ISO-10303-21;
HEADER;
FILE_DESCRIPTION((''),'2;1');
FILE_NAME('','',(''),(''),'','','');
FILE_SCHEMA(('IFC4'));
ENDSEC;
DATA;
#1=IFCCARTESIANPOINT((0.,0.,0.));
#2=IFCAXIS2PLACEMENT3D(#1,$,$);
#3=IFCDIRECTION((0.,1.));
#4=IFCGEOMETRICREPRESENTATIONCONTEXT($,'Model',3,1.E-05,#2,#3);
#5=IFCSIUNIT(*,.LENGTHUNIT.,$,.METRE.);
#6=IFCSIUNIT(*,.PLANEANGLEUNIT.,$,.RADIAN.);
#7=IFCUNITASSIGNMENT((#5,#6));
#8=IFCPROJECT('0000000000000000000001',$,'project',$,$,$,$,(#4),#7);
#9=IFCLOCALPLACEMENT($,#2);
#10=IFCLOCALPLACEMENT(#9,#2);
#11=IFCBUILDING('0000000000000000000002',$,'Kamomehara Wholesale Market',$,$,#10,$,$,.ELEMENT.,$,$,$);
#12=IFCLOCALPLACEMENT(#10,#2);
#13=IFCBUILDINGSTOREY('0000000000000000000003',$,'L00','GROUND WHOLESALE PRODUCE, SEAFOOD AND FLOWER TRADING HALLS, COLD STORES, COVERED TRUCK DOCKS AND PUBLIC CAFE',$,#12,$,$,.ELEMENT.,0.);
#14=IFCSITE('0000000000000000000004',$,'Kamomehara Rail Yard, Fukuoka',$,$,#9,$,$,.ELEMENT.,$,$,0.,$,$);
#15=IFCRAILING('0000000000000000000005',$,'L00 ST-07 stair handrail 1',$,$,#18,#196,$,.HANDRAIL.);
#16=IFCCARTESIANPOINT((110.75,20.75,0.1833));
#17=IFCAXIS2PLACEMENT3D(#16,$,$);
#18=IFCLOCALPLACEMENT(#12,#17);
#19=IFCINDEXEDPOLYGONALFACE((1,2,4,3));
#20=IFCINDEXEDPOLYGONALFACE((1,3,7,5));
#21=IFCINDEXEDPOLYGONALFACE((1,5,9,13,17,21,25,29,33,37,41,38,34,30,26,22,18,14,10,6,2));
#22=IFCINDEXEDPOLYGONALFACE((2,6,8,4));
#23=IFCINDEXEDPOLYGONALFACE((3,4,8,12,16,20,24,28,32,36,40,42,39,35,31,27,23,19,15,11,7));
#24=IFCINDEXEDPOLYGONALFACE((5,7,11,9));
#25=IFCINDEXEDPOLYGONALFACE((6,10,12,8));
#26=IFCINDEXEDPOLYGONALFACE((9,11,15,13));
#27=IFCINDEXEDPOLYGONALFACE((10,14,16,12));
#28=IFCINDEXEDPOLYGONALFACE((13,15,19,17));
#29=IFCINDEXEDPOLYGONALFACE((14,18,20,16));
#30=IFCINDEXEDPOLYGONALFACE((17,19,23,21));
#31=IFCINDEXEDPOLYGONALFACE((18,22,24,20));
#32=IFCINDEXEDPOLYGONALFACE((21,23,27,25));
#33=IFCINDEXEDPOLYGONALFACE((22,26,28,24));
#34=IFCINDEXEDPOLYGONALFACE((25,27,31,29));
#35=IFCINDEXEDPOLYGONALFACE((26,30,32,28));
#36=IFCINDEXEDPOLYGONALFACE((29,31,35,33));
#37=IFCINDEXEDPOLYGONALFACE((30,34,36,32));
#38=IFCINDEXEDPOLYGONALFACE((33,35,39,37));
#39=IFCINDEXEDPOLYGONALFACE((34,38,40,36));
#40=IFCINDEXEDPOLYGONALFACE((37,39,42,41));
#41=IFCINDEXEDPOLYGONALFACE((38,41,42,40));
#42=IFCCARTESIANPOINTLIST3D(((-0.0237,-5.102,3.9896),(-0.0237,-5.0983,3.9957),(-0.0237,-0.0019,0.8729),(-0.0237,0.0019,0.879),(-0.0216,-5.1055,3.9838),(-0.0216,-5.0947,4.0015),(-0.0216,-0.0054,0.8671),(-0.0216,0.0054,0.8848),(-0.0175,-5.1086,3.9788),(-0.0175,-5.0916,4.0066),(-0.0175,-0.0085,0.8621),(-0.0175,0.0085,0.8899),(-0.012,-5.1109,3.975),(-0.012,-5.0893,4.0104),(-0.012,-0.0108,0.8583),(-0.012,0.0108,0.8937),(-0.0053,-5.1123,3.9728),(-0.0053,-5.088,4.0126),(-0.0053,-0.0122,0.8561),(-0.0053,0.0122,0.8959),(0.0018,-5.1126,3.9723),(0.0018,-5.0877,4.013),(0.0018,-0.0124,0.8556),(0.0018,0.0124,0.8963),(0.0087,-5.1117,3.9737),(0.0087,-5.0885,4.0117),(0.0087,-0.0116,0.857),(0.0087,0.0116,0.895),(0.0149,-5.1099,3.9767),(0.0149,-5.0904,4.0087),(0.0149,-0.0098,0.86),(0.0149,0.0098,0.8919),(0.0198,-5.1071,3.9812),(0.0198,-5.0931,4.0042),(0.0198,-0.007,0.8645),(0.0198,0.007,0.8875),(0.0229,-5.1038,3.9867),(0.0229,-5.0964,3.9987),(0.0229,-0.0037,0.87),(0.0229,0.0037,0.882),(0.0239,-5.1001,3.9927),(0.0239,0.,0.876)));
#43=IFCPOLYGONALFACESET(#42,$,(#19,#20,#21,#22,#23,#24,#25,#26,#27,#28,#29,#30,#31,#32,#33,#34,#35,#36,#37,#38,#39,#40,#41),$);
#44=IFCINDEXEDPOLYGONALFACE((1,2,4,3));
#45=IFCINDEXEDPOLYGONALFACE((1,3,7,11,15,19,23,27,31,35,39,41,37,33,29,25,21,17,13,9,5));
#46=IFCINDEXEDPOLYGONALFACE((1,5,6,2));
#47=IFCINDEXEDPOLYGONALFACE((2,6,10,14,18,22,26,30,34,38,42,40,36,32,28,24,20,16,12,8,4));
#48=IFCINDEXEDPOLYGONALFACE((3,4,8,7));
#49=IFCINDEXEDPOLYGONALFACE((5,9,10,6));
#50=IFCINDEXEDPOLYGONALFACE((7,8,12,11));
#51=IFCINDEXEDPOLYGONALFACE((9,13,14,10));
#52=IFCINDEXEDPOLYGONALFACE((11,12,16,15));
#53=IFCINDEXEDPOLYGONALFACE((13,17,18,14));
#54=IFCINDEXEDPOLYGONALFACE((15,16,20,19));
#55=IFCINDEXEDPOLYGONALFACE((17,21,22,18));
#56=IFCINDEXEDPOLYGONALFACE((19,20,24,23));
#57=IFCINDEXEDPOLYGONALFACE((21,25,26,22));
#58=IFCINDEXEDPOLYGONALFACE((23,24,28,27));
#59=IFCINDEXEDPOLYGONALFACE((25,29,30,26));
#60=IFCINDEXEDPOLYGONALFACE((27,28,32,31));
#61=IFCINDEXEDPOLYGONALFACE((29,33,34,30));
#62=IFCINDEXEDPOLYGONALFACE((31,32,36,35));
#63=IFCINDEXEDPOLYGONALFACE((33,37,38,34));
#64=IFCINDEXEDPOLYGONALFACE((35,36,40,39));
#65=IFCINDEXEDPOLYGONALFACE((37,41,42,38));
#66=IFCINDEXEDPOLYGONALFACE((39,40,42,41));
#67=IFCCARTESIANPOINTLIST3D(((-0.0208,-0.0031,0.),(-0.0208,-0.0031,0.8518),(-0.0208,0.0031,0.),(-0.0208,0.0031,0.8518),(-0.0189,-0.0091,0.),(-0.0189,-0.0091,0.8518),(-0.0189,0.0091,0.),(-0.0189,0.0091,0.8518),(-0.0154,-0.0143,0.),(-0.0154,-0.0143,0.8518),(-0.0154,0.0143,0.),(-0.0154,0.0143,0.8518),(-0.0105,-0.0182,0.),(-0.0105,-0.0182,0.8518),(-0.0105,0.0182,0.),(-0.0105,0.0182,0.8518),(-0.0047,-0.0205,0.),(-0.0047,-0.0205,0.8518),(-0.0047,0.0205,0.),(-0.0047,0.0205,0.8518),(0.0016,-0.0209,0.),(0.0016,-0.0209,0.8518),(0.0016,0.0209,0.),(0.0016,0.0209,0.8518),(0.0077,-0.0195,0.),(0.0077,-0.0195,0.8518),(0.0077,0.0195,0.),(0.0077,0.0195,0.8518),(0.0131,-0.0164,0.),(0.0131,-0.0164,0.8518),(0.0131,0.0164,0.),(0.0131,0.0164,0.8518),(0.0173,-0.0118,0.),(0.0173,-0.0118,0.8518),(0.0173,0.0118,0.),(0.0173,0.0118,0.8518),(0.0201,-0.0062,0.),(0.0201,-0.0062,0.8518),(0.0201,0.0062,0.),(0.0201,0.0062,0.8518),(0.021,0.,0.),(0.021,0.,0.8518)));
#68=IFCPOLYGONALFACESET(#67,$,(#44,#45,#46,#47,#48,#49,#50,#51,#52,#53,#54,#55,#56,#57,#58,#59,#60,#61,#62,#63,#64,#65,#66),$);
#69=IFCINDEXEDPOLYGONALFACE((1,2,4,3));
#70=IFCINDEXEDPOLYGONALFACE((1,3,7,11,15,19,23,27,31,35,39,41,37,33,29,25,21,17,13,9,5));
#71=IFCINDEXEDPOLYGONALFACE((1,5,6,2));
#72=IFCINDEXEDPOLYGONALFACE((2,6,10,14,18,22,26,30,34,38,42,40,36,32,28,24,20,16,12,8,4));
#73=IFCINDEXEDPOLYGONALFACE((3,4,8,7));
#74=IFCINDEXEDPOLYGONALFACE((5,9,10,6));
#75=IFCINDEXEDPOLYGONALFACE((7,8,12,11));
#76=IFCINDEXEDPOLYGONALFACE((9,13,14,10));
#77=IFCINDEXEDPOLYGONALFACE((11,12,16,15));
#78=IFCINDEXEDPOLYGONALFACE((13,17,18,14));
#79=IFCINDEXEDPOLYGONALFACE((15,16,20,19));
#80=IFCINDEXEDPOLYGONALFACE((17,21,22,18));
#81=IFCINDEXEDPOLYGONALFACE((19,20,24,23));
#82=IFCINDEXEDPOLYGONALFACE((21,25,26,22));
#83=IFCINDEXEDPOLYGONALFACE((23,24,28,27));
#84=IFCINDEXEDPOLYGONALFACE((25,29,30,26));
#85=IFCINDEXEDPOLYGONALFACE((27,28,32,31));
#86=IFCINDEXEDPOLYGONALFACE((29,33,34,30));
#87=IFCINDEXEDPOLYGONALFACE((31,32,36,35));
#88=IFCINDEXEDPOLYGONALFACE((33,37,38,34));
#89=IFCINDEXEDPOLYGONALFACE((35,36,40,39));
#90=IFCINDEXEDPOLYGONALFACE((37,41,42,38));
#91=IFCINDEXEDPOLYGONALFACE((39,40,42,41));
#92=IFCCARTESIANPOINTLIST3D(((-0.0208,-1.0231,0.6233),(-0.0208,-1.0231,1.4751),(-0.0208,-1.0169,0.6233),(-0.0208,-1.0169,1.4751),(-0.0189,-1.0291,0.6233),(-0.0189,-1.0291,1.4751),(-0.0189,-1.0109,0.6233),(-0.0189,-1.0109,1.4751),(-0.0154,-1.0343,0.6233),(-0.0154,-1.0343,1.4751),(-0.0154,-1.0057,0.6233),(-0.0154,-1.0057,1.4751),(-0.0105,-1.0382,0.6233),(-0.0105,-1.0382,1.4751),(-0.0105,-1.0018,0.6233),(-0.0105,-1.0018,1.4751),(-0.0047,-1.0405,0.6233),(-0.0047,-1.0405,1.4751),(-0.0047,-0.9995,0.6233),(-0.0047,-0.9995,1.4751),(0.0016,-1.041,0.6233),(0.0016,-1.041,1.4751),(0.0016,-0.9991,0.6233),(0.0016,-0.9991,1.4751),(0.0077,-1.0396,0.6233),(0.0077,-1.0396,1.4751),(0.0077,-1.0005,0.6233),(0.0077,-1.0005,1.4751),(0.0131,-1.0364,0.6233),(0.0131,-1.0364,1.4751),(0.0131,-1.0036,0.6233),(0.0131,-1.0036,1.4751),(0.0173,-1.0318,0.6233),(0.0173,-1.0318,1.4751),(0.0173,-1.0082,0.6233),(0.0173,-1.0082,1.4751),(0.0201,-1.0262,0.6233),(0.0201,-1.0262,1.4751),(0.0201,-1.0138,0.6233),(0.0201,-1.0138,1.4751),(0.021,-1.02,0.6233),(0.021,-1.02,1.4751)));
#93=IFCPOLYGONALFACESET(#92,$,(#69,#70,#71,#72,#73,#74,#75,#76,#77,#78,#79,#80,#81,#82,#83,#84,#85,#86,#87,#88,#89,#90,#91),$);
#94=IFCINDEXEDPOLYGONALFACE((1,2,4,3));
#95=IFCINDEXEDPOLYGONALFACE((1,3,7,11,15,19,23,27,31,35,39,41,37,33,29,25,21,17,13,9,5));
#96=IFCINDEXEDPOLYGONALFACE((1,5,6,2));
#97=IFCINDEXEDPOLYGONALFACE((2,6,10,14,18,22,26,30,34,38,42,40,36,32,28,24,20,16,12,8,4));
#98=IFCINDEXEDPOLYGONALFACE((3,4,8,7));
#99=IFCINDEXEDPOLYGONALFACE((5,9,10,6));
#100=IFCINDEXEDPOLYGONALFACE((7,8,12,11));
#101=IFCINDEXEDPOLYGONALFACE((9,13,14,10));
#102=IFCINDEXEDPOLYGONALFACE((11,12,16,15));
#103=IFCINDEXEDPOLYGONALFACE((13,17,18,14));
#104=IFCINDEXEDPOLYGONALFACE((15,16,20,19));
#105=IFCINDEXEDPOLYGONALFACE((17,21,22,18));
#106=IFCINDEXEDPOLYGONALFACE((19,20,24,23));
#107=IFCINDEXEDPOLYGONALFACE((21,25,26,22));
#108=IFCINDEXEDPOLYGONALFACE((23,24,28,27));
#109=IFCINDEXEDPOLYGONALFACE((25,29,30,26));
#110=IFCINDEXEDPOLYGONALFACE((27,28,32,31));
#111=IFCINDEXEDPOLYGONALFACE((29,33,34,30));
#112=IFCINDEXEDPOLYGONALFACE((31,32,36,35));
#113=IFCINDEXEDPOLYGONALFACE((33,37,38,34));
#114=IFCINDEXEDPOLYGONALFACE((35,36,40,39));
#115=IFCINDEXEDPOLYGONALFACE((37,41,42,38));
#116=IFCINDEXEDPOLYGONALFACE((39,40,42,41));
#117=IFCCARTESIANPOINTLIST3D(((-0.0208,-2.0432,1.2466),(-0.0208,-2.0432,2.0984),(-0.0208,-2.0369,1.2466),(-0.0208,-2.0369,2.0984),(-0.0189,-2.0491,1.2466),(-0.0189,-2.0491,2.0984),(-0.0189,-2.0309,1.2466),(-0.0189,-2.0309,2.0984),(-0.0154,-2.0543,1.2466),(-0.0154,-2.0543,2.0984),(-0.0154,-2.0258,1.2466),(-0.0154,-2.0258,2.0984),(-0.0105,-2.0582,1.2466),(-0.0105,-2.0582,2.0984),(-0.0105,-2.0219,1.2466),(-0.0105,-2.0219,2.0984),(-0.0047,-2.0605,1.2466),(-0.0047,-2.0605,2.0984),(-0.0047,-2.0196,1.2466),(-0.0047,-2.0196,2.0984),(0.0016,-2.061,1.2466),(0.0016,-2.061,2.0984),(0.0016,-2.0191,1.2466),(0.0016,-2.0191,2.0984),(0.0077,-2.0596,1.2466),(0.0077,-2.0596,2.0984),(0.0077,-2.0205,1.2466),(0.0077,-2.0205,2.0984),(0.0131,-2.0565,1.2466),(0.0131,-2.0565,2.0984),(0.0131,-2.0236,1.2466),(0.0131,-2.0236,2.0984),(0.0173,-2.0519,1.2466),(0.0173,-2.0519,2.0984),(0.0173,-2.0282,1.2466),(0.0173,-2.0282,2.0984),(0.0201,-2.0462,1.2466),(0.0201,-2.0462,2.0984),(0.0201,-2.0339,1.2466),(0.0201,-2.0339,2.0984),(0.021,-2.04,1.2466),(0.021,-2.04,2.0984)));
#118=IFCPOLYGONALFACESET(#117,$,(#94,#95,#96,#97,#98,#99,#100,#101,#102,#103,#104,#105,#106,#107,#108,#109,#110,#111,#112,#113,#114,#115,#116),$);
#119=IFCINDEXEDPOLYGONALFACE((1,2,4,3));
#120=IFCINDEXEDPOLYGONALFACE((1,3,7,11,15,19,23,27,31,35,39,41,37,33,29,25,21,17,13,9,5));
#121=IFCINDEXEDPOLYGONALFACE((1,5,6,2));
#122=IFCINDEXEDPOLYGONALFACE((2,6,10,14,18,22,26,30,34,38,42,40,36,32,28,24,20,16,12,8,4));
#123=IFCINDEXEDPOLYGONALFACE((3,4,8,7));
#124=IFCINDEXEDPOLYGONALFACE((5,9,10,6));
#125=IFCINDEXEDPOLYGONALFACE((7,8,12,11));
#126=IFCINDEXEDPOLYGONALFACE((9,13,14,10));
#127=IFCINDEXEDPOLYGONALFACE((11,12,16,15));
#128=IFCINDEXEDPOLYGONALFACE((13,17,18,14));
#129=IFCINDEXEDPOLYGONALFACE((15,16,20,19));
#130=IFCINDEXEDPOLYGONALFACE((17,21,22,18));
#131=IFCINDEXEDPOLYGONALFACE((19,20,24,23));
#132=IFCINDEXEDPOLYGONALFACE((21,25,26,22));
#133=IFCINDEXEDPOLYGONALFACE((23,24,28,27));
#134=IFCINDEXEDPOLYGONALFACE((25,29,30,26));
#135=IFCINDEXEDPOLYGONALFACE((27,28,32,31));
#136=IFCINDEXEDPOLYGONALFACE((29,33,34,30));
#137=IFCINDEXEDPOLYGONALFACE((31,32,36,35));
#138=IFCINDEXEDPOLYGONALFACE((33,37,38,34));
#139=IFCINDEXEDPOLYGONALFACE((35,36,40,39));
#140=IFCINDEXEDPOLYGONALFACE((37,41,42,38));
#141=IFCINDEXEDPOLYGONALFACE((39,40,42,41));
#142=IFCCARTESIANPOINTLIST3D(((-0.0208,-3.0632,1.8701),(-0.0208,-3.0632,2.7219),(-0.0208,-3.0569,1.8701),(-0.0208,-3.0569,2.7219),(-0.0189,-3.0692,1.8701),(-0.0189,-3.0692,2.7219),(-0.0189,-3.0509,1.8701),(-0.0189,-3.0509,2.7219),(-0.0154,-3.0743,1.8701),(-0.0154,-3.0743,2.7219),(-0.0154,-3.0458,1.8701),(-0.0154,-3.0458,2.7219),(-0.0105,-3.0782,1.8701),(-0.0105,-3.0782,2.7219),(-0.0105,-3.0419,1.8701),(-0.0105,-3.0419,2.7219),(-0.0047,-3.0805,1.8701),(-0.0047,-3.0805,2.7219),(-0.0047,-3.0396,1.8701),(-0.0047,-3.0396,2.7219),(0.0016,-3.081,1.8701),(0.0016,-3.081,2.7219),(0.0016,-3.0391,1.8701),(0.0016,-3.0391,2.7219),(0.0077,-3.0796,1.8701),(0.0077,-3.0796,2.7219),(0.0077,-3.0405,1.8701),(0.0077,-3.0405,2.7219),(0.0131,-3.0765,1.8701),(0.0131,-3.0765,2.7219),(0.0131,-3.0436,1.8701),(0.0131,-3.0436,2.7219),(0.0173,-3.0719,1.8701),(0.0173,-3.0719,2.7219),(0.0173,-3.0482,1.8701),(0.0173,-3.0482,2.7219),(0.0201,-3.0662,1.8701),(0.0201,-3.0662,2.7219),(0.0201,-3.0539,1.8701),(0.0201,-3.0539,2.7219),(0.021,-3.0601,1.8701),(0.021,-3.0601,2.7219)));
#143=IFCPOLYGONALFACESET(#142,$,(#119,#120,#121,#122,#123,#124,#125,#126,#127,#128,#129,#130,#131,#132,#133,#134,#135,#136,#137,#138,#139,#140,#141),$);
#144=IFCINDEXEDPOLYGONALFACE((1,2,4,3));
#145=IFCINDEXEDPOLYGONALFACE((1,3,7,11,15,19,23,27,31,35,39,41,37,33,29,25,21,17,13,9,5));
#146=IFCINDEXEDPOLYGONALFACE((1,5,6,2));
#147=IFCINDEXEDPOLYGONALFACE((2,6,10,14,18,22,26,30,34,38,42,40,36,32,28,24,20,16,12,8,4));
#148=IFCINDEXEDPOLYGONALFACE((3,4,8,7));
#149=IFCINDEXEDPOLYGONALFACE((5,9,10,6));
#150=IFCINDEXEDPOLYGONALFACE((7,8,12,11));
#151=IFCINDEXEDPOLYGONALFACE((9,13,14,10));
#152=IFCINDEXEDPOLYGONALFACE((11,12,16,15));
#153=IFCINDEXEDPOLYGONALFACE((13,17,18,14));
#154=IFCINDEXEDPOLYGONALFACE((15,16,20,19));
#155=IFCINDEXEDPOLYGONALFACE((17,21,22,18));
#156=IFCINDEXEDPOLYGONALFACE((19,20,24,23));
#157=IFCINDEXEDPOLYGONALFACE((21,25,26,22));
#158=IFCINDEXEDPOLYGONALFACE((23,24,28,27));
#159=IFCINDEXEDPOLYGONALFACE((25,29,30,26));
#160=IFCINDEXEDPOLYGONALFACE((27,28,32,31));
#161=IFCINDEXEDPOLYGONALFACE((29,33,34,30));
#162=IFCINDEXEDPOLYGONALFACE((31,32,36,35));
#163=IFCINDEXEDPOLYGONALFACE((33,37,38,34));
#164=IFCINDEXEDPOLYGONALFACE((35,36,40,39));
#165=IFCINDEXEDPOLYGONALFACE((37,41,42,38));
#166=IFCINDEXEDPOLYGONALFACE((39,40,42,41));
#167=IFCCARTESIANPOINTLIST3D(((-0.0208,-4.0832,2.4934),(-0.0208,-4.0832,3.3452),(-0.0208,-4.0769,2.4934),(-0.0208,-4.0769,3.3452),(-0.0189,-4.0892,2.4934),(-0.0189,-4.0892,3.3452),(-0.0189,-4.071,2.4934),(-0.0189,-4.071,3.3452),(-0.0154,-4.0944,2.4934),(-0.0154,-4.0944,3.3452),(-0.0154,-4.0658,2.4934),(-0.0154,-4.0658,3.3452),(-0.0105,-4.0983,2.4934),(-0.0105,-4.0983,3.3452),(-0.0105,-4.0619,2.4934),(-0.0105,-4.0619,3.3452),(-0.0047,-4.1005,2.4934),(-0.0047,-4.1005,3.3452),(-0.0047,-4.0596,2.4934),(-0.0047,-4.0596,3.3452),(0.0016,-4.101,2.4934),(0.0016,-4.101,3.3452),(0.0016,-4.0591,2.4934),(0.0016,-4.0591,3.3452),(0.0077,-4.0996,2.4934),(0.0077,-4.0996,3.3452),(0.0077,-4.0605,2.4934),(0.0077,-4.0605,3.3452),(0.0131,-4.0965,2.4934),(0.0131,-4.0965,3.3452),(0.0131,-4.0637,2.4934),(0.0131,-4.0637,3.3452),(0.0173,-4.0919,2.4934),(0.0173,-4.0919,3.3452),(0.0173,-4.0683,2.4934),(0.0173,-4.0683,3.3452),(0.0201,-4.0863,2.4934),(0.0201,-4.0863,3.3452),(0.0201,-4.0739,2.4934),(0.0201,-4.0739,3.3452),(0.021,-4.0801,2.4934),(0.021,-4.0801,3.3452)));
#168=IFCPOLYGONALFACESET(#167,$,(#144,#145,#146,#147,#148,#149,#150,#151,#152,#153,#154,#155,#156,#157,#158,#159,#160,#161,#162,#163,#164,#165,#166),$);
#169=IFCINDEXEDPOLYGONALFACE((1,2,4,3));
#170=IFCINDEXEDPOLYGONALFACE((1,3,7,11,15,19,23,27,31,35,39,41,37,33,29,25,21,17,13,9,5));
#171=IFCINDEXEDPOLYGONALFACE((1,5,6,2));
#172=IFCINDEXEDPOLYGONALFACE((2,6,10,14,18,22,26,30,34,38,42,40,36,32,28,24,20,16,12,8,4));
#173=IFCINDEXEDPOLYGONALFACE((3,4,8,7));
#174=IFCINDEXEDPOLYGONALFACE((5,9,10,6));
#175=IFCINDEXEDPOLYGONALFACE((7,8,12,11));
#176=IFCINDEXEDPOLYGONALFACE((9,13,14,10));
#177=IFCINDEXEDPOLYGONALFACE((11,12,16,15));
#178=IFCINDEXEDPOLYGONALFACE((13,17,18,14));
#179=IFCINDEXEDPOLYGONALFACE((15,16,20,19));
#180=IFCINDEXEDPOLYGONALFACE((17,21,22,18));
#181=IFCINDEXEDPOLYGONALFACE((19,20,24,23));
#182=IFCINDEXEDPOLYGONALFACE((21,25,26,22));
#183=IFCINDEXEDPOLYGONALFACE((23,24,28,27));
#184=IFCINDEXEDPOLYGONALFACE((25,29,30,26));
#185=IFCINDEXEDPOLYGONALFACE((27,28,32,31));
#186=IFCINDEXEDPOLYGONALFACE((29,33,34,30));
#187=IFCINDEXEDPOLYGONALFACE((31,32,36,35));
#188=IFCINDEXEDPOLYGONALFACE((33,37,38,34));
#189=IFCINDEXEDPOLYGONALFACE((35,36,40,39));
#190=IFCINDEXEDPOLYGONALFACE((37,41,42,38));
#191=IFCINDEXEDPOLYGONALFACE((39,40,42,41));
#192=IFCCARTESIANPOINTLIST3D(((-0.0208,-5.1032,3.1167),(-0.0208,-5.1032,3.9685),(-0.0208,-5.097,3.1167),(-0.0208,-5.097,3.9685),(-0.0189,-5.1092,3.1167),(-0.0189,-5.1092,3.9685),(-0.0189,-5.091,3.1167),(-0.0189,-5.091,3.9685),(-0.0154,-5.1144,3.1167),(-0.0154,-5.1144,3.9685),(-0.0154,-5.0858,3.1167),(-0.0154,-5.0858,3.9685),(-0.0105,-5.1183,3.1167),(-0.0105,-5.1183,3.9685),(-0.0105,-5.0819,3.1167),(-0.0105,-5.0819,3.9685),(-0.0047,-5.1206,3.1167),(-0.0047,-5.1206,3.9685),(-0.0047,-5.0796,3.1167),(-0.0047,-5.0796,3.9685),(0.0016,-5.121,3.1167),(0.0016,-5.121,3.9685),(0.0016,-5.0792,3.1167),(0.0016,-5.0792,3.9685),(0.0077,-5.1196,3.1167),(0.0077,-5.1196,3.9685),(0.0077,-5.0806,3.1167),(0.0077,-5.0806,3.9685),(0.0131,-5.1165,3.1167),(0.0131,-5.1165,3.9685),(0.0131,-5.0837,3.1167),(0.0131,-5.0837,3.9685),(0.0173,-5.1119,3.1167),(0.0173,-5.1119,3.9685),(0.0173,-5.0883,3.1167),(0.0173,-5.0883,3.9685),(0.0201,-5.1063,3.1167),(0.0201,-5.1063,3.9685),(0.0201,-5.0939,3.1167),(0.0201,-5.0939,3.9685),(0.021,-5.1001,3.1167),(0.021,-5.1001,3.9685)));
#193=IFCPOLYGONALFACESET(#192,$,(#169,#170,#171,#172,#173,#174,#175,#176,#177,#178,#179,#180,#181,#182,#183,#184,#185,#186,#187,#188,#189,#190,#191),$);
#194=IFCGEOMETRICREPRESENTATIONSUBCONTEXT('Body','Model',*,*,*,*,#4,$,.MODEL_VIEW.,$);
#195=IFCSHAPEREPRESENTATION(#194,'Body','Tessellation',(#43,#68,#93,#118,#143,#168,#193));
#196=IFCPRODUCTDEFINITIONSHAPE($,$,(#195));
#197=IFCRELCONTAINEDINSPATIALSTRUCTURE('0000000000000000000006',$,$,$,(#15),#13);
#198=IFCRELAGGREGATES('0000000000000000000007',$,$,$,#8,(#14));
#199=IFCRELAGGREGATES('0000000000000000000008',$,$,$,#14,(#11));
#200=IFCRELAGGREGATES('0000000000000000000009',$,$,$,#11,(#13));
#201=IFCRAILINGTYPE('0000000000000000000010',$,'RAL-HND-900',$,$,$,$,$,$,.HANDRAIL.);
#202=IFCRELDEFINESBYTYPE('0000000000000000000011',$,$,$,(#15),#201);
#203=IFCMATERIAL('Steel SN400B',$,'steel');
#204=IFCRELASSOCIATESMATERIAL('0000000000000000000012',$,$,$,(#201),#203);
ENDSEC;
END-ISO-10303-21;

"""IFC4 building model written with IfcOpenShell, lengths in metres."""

from ifc_helpers import new_model, si_unit, direction, frame, origin, origin_2d, place, context, subcontext, project, spatial, circle, extrude, material, type_object, element, save


model = new_model("IFC4")

# Units and contexts
model_context = context("Model", 3, precision=1e-05, world=origin(), true_north=direction((0.0, 1.0)))
body_context = subcontext(model_context, "Body", "Model", "MODEL_VIEW")
ifc_project = project(units=[si_unit("LENGTHUNIT", "METRE"), si_unit("PLANEANGLEUNIT", "RADIAN")], contexts=[model_context])

# Site, building, storey
site_placement = place(None, origin())
site = spatial("IfcSite", under=ifc_project, at=site_placement, Name="Kamomehara Rail Yard, Fukuoka", CompositionType="ELEMENT", RefElevation=0.0)
building_placement = place(site_placement, origin())
building = spatial("IfcBuilding", under=site, at=building_placement, Name="Kamomehara Wholesale Market", CompositionType="ELEMENT")
storey_placement = place(building_placement, origin())
storey = spatial("IfcBuildingStorey", under=building, at=storey_placement, Name="L00", Description="GROUND WHOLESALE PRODUCE, SEAFOOD AND FLOWER TRADING HALLS, COLD STORES, COVERED TRUCK DOCKS AND PUBLIC CAFE", CompositionType="ELEMENT", Elevation=0.0)

# Railing
ifc_material_1 = material(Name="Steel SN400B", Category="steel")
railing_type_1 = type_object("IfcRailingType", Name="RAL-HND-900", PredefinedType="HANDRAIL", material=ifc_material_1)
railing_1_placement = place(storey_placement, frame((110.75, 20.75, 0.1833)))
element("IfcRailing", 1, at=railing_1_placement, inside=storey, type_object=railing_type_1, Name="L00 ST-07 stair handrail 1", PredefinedType="HANDRAIL", context=body_context, shape_type="SweptSolid", body=[
    extrude(circle(Radius=0.0239, at=origin_2d()), frame((0.0, 0.0, 0.876), z_axis=(0.0, -0.853284, 0.521447), x_axis=(1.0, 0.0, 0.0)), (0.0, 0.0, 1.0), 5.9771),
    extrude(circle(Radius=0.021, at=origin_2d()), origin(), (0.0, 0.0, 1.0), 0.8518),
    extrude(circle(Radius=0.021, at=origin_2d()), frame((0.0, -1.02, 0.6233)), (0.0, 0.0, 1.0), 0.8518),
    extrude(circle(Radius=0.021, at=origin_2d()), frame((0.0, -2.04, 1.2466)), (0.0, 0.0, 1.0), 0.8518),
    extrude(circle(Radius=0.021, at=origin_2d()), frame((0.0, -3.0601, 1.8701)), (0.0, 0.0, 1.0), 0.8518),
    extrude(circle(Radius=0.021, at=origin_2d()), frame((0.0, -4.0801, 2.4934)), (0.0, 0.0, 1.0), 0.8518),
    extrude(circle(Radius=0.021, at=origin_2d()), frame((0.0, -5.1001, 3.1167)), (0.0, 0.0, 1.0), 0.8518),
])

save(model, "model.ifc")
